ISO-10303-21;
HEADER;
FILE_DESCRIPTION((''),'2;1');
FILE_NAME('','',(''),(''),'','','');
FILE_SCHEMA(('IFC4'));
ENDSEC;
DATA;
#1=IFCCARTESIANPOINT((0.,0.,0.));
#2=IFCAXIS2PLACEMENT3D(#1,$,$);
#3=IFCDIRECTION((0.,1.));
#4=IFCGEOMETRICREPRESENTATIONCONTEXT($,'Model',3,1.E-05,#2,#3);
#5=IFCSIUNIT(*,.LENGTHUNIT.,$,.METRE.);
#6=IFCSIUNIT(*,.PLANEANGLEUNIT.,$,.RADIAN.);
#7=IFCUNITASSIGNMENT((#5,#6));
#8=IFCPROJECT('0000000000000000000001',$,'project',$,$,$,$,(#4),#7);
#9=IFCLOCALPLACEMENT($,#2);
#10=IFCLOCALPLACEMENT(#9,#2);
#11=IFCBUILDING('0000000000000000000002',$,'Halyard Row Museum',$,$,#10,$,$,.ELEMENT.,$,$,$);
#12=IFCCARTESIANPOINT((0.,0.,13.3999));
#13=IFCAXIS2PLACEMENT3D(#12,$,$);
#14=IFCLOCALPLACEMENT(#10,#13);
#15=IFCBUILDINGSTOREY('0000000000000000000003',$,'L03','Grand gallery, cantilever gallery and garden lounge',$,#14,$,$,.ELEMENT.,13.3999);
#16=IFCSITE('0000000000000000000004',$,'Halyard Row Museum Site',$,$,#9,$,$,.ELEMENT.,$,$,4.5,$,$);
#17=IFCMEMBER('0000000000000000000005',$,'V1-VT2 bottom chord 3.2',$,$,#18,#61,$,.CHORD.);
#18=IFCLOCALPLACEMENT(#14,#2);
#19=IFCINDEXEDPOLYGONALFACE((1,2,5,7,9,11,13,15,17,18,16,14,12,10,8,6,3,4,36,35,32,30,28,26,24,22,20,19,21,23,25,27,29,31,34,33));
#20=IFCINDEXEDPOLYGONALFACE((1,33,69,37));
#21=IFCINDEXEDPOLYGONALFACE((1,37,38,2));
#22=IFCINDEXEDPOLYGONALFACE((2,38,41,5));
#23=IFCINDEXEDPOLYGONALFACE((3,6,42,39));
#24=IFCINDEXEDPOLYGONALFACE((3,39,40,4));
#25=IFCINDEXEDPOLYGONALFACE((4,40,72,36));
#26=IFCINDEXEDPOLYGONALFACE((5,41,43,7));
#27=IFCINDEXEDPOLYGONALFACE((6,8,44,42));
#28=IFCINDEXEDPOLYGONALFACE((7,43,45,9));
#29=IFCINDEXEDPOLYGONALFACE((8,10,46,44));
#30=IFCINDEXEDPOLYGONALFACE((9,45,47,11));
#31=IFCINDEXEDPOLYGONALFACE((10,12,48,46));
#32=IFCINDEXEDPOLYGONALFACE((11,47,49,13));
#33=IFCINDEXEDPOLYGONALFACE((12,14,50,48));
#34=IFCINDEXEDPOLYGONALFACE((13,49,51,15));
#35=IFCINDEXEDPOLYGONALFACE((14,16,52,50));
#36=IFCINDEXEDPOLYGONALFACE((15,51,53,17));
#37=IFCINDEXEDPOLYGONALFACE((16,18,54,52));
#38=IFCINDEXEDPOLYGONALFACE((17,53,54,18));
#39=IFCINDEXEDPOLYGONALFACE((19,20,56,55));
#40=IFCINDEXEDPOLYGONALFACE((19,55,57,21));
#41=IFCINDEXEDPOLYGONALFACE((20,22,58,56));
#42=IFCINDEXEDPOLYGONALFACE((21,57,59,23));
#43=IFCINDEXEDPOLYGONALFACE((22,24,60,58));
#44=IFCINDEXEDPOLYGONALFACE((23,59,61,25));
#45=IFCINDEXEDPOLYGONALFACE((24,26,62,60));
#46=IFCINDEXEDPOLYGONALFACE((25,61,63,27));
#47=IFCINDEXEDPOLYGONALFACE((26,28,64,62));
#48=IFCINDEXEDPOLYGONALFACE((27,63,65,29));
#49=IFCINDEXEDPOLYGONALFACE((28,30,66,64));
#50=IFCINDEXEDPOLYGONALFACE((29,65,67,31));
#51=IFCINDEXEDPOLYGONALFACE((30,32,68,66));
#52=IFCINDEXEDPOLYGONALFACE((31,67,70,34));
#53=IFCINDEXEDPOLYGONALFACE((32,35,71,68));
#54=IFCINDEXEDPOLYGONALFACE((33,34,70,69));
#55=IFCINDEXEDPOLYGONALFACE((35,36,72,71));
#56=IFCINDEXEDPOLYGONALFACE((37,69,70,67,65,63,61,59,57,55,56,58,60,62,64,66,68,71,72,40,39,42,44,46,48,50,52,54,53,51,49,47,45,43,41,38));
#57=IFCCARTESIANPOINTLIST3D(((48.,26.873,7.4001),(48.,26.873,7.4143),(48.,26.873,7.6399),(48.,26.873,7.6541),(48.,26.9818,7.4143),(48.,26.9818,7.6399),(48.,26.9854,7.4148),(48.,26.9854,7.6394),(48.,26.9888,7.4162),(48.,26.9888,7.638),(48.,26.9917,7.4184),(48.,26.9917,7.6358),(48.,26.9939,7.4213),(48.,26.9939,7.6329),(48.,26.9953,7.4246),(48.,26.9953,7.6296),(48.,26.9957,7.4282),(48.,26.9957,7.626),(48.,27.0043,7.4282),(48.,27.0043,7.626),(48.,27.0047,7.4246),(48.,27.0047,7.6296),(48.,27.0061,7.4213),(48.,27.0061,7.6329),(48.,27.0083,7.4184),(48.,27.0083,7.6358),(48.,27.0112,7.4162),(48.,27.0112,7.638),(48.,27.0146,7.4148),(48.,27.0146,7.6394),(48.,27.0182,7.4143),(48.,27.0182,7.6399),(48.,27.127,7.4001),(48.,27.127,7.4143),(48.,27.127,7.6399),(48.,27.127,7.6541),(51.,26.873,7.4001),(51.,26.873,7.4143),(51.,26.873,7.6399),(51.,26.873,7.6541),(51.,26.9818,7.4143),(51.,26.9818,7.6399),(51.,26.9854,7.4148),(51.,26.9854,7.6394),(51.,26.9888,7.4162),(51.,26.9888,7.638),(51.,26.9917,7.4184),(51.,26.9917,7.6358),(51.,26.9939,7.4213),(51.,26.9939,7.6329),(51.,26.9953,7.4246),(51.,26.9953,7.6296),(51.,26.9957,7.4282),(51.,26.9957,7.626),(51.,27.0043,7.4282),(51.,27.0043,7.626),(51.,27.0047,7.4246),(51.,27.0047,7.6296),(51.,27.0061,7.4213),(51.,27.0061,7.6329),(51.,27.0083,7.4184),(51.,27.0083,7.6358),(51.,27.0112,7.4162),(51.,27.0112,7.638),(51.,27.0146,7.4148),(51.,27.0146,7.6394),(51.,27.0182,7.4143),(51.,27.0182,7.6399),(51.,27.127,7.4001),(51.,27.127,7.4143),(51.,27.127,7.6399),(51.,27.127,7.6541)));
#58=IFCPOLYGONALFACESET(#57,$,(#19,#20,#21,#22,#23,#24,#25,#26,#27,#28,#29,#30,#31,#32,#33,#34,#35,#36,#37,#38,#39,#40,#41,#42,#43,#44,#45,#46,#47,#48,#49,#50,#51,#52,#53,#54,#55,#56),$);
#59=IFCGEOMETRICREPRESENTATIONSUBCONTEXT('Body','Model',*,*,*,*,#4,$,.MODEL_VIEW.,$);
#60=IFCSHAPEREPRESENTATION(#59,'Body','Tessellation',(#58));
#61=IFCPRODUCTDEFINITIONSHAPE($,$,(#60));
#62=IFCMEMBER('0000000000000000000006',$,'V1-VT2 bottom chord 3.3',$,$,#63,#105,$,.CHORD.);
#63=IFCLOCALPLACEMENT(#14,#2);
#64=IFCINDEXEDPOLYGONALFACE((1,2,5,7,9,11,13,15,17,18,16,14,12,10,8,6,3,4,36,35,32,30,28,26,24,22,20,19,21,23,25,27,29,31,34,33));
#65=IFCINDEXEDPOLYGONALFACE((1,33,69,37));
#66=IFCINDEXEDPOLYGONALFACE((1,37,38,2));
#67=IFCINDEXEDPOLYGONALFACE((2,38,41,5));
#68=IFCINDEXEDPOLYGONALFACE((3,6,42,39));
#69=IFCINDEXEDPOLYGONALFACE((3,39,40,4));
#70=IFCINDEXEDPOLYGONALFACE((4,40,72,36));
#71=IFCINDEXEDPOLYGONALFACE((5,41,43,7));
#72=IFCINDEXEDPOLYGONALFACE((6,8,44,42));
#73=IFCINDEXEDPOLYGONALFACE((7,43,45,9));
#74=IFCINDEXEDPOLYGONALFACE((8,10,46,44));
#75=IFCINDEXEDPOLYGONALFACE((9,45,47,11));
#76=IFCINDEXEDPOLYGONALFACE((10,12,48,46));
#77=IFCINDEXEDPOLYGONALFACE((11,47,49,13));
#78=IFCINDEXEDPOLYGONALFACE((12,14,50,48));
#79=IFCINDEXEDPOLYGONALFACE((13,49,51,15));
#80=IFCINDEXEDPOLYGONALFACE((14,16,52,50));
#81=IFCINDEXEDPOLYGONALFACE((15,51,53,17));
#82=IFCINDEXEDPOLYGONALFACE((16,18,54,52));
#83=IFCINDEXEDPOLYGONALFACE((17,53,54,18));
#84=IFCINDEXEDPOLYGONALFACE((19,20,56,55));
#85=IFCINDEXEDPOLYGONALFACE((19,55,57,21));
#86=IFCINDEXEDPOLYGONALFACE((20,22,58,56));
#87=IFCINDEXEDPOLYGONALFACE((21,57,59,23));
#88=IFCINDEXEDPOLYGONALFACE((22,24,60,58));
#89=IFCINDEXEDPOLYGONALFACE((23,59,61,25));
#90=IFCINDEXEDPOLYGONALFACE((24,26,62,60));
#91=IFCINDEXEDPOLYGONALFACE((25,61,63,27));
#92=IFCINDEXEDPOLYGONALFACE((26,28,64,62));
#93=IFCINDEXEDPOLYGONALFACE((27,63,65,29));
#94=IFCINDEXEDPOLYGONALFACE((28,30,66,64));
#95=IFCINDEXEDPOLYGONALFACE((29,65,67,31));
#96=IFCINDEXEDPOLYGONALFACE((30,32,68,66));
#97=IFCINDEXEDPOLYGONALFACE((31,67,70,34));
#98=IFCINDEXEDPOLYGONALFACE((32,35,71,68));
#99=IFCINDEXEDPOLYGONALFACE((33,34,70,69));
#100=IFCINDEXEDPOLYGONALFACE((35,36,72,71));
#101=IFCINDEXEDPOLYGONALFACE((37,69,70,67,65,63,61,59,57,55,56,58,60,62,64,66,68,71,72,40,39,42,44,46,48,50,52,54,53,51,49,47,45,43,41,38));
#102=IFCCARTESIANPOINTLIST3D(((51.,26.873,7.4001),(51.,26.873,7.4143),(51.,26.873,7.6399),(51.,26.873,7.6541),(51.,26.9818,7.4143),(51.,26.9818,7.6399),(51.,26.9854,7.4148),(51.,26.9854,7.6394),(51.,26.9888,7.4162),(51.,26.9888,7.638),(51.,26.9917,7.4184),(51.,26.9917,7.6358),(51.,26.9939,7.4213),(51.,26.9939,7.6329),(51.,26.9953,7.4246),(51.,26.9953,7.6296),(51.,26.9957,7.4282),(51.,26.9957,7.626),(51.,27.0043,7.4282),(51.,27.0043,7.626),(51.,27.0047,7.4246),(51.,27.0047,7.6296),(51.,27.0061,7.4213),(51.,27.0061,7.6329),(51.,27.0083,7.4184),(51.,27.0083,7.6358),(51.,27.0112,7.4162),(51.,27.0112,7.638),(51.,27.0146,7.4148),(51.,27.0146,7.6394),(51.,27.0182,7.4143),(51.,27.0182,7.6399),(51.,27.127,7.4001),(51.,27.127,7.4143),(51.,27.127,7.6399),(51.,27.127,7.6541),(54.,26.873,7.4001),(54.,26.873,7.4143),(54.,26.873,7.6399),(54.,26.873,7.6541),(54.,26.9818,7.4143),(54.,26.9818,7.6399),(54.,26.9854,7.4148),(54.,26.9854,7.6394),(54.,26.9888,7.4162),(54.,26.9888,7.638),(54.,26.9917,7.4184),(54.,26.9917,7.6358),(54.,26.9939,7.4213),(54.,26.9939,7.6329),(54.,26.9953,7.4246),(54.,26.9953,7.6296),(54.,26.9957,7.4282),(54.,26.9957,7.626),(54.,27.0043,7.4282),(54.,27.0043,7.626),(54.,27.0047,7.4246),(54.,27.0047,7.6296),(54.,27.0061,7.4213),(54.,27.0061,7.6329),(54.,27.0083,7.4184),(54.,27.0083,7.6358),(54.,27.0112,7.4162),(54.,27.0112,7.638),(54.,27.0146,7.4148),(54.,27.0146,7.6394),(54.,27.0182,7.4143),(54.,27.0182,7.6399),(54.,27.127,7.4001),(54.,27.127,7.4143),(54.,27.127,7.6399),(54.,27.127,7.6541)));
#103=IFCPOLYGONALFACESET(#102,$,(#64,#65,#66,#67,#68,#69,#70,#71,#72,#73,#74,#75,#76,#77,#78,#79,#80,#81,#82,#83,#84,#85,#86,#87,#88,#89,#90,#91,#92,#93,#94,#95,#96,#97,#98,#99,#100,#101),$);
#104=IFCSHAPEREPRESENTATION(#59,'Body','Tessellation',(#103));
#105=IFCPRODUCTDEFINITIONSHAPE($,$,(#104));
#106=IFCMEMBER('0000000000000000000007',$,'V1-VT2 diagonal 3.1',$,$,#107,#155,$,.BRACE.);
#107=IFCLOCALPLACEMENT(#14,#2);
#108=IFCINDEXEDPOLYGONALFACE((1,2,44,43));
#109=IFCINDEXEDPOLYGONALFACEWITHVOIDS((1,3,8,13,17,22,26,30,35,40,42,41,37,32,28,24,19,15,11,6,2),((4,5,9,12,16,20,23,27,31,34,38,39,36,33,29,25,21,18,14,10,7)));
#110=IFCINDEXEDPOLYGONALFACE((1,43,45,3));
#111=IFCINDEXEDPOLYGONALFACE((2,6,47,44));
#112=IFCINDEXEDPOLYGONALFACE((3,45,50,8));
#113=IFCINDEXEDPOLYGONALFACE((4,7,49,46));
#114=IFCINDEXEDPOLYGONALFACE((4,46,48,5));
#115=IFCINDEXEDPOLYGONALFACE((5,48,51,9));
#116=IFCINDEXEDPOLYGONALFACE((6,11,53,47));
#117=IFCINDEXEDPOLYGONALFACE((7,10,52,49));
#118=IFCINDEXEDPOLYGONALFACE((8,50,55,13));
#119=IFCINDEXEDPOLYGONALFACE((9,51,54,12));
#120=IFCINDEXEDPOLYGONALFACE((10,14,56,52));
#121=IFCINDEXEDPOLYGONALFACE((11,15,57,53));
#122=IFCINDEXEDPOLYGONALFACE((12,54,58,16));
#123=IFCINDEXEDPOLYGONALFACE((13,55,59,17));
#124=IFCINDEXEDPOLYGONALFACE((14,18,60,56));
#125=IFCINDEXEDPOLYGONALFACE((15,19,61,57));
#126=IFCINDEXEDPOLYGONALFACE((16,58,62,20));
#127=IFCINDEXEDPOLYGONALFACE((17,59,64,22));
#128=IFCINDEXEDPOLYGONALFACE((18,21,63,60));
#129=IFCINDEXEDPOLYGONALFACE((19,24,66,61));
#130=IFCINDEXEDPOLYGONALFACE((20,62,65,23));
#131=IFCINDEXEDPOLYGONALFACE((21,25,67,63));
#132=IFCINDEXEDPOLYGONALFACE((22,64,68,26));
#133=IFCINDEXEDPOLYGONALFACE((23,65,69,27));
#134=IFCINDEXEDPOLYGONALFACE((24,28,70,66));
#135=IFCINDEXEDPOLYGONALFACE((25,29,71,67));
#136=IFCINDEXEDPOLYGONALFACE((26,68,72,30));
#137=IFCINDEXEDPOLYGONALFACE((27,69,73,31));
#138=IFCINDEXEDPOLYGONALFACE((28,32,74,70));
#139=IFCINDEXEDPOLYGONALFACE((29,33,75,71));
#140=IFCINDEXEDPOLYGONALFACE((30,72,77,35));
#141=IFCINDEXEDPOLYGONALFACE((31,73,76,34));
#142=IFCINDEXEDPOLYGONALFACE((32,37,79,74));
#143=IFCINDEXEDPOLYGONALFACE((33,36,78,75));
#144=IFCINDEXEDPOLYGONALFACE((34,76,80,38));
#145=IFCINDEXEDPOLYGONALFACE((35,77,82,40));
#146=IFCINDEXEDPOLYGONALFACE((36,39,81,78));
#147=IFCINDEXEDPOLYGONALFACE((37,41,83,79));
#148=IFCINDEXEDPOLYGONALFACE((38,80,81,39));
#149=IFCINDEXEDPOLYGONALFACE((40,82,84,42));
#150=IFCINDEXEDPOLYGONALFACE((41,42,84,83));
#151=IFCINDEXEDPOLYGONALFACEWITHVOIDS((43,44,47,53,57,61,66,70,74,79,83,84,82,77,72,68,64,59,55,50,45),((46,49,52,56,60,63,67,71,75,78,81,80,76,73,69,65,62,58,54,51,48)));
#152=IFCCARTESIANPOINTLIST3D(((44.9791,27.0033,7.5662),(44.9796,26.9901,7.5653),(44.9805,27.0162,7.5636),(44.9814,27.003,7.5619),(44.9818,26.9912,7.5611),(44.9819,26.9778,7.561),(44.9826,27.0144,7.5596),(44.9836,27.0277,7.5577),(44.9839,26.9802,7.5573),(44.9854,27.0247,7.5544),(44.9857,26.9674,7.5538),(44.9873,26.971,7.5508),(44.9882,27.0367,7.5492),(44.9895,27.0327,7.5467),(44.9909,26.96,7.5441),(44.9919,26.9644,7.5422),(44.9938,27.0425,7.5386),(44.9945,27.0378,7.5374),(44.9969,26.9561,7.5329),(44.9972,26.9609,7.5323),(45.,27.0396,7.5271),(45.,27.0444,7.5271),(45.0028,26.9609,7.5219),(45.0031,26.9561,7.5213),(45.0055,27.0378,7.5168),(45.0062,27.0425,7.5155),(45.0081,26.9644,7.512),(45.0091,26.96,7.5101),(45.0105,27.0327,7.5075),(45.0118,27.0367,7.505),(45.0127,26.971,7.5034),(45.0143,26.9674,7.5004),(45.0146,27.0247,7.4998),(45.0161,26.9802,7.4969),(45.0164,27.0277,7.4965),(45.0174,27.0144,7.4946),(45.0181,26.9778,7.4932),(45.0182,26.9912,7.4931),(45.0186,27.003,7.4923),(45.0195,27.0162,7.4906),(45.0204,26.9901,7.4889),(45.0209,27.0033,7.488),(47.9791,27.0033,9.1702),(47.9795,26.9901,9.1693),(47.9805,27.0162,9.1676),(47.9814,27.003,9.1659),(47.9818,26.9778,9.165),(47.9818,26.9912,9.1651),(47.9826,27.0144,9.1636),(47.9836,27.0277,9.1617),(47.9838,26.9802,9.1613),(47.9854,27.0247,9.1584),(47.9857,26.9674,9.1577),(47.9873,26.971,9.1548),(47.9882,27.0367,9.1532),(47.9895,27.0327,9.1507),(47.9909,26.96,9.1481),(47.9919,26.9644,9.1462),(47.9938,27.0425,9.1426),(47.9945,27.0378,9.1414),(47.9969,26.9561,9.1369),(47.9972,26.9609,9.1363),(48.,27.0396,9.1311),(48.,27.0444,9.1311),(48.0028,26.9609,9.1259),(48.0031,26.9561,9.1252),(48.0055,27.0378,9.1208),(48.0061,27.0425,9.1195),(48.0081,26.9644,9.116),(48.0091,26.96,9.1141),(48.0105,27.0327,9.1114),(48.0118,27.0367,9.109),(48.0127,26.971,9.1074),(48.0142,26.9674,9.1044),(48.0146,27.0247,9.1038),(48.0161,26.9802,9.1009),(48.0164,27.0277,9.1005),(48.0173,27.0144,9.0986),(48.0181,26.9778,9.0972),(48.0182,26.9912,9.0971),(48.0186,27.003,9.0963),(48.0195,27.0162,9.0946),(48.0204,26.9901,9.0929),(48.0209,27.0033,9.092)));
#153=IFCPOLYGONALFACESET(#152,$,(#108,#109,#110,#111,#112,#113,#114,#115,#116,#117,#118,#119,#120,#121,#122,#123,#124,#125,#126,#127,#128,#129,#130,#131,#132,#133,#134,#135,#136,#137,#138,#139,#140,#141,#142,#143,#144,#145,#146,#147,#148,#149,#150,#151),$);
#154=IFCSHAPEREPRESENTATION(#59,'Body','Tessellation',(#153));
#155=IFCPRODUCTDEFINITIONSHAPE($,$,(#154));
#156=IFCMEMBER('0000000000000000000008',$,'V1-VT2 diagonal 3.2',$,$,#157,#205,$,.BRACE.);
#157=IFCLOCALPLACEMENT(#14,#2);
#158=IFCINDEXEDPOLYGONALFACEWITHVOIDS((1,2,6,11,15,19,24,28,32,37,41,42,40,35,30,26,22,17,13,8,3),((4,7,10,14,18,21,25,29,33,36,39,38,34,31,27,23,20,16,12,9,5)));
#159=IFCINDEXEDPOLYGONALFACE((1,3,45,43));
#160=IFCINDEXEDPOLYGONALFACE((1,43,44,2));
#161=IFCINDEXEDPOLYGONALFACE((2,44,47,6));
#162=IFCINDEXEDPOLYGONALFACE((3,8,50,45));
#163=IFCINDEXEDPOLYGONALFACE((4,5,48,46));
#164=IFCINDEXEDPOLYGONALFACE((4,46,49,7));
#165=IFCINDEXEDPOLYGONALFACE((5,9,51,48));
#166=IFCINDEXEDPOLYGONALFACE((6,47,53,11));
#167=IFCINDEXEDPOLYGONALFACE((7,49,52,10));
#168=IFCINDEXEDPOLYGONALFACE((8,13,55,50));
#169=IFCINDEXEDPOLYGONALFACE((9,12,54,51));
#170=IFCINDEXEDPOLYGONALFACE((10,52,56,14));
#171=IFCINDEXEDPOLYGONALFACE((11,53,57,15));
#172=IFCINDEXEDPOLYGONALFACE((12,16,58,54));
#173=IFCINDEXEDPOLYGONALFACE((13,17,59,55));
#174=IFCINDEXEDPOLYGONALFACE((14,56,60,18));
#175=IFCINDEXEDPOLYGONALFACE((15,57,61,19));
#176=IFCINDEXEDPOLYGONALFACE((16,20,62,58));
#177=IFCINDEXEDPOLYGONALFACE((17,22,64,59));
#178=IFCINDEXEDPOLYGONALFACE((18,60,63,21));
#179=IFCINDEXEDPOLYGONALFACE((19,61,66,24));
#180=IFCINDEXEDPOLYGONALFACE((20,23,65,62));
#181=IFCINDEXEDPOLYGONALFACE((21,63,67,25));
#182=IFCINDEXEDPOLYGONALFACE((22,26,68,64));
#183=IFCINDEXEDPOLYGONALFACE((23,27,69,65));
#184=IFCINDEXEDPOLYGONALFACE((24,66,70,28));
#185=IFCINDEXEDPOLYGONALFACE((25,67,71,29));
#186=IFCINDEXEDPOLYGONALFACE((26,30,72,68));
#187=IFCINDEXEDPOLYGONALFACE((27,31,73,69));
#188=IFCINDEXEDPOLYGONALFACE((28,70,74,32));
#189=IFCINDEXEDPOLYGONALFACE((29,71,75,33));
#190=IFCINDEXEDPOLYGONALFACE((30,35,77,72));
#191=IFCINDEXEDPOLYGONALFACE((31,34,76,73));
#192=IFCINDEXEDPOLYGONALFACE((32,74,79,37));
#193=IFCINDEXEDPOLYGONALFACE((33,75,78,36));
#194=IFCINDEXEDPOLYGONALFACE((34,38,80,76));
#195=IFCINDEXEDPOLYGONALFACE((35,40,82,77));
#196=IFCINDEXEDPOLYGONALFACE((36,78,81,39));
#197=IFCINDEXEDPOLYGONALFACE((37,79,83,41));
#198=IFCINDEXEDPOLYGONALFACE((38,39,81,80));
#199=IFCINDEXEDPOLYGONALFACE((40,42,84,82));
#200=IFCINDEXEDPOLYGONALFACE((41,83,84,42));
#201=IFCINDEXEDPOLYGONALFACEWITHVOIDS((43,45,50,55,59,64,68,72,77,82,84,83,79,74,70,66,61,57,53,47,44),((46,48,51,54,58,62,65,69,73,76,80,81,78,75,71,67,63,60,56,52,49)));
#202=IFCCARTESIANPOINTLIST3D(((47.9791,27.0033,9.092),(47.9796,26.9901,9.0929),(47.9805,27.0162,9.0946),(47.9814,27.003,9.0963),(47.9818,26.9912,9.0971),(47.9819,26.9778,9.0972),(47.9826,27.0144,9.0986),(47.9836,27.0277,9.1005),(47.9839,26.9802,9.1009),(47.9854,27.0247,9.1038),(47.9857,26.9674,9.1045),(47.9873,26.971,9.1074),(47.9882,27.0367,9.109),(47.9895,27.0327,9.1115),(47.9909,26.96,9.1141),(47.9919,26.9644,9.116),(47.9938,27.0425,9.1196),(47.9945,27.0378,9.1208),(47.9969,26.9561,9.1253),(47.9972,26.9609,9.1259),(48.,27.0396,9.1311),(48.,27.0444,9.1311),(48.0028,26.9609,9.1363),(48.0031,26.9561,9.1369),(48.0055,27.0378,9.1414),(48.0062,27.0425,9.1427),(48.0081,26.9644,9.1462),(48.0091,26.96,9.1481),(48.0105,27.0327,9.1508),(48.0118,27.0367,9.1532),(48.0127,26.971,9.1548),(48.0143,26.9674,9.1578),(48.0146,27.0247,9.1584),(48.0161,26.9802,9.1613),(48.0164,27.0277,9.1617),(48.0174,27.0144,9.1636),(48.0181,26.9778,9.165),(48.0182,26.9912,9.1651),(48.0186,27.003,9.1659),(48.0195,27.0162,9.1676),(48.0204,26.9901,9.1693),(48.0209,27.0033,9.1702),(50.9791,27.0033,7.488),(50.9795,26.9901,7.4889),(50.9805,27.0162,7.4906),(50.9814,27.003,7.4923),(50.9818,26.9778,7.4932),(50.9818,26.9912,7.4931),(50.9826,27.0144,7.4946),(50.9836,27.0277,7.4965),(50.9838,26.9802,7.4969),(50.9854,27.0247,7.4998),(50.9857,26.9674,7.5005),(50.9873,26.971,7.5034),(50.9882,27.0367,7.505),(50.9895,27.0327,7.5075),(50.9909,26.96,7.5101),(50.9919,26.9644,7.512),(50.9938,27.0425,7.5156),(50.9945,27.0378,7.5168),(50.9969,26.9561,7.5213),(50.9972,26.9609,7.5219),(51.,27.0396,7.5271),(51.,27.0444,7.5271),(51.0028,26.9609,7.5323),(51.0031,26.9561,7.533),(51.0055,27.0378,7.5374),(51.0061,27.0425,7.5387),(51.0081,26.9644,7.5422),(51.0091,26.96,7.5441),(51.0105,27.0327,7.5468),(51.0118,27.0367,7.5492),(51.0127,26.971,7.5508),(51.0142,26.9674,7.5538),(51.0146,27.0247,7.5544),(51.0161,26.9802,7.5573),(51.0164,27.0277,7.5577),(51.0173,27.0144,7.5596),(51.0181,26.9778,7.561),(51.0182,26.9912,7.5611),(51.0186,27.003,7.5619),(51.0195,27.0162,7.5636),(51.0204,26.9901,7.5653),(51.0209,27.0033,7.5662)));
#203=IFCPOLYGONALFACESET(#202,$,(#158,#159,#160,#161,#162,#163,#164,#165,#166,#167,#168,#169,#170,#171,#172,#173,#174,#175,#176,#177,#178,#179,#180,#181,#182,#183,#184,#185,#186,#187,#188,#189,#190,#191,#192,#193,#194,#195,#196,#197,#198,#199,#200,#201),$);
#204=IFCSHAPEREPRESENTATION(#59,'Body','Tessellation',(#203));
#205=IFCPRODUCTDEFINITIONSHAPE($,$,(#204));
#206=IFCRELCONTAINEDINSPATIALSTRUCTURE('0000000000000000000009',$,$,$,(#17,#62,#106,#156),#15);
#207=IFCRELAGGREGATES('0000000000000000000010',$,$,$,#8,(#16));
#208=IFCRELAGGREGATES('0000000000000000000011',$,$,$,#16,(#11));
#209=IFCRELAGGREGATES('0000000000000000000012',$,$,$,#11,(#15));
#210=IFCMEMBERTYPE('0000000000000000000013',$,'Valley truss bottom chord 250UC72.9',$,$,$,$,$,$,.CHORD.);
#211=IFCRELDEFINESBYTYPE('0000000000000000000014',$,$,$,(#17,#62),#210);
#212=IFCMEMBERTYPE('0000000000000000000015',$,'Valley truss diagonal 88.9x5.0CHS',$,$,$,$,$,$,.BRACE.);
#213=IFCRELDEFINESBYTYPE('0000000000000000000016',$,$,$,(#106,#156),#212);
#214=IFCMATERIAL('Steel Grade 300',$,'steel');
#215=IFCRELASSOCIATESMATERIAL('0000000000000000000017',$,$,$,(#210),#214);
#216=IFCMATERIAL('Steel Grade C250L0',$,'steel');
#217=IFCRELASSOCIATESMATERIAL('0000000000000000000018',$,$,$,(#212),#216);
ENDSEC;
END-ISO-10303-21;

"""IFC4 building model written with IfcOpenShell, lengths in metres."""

from ifc_helpers import new_model, si_unit, direction, frame, origin, origin_2d, place, context, subcontext, project, spatial, hollow_circle, i_section, extrude, material, material_profile, profile_set, type_object, element, save


model = new_model("IFC4")

# Units and contexts
model_context = context("Model", 3, precision=1e-05, world=origin(), true_north=direction((0.0, 1.0)))
body_context = subcontext(model_context, "Body", "Model", "MODEL_VIEW")
ifc_project = project(units=[si_unit("LENGTHUNIT", "METRE"), si_unit("PLANEANGLEUNIT", "RADIAN")], contexts=[model_context])

# Site, building, storey
site_placement = place(None, origin())
site = spatial("IfcSite", under=ifc_project, at=site_placement, Name="Halyard Row Museum Site", CompositionType="ELEMENT", RefElevation=4.5)
building_placement = place(site_placement, origin())
building = spatial("IfcBuilding", under=site, at=building_placement, Name="Halyard Row Museum", CompositionType="ELEMENT")
storey_placement = place(building_placement, frame((0.0, 0.0, 13.3999)))
storey = spatial("IfcBuildingStorey", under=building, at=storey_placement, Name="L03", Description="Grand gallery, cantilever gallery and garden lounge", CompositionType="ELEMENT", Elevation=13.3999)

# Members
ifc_material_1 = material(Name="Steel Grade 300", Category="steel")
ifc_material_profile_1 = material_profile(ifc_material_1, i_section(OverallWidth=0.2539, OverallDepth=0.2539, WebThickness=0.0085, FlangeThickness=0.0142, FilletRadius=0.0139, at=origin_2d()), Name="250UC72.9")
ifc_profile_set_1 = profile_set([ifc_material_profile_1], Name="Steel Grade 300")
member_type_1 = type_object("IfcMemberType", Name="Valley truss bottom chord 250UC72.9", PredefinedType="CHORD", material=ifc_profile_set_1)
for number, where, z_axis, x_axis, name in (
    (1, (48.0, 27.0, 7.5271), (1.0, 0.0, 0.0), (0.0, 1.0, 0.0), "V1-VT2 bottom chord 3.2"),
    (2, (51.0, 27.0, 7.5271), (1.0, 0.0, 0.0), (0.0, 1.0, 0.0), "V1-VT2 bottom chord 3.3"),
):
    element("IfcMember", number, at=place(storey_placement, frame(where, z_axis=z_axis, x_axis=x_axis)), inside=storey, type_object=member_type_1, Name=name, PredefinedType="CHORD", context=body_context, shape_type="SweptSolid", body=[
        extrude(i_section(OverallWidth=0.2539, OverallDepth=0.2539, WebThickness=0.0085, FlangeThickness=0.0142, FilletRadius=0.0139, at=origin_2d()), origin(), (0.0, 0.0, 1.0), 3.0),
    ])
ifc_material_2 = material(Name="Steel Grade C250L0", Category="steel")
ifc_material_profile_2 = material_profile(ifc_material_2, hollow_circle(Radius=0.0444, WallThickness=0.0049, at=origin_2d()), Name="88.9x5.0CHS")
ifc_profile_set_2 = profile_set([ifc_material_profile_2], Name="Steel Grade C250L0")
member_type_2 = type_object("IfcMemberType", Name="Valley truss diagonal 88.9x5.0CHS", PredefinedType="BRACE", material=ifc_profile_set_2)
for number, where, z_axis, x_axis, name in (
    (3, (45.0, 27.0, 7.5271), (0.881864, 0.0, 0.471504), (0.0, 1.0, 0.0), "V1-VT2 diagonal 3.1"),
    (4, (48.0, 27.0, 9.1311), (0.881864, 0.0, -0.471504), (0.0, 1.0, 0.0), "V1-VT2 diagonal 3.2"),
):
    element("IfcMember", number, at=place(storey_placement, frame(where, z_axis=z_axis, x_axis=x_axis)), inside=storey, type_object=member_type_2, Name=name, PredefinedType="BRACE", context=body_context, shape_type="SweptSolid", body=[
        extrude(hollow_circle(Radius=0.0444, WallThickness=0.0049, at=origin_2d()), origin(), (0.0, 0.0, 1.0), 3.4019),
    ])

save(model, "model.ifc")
